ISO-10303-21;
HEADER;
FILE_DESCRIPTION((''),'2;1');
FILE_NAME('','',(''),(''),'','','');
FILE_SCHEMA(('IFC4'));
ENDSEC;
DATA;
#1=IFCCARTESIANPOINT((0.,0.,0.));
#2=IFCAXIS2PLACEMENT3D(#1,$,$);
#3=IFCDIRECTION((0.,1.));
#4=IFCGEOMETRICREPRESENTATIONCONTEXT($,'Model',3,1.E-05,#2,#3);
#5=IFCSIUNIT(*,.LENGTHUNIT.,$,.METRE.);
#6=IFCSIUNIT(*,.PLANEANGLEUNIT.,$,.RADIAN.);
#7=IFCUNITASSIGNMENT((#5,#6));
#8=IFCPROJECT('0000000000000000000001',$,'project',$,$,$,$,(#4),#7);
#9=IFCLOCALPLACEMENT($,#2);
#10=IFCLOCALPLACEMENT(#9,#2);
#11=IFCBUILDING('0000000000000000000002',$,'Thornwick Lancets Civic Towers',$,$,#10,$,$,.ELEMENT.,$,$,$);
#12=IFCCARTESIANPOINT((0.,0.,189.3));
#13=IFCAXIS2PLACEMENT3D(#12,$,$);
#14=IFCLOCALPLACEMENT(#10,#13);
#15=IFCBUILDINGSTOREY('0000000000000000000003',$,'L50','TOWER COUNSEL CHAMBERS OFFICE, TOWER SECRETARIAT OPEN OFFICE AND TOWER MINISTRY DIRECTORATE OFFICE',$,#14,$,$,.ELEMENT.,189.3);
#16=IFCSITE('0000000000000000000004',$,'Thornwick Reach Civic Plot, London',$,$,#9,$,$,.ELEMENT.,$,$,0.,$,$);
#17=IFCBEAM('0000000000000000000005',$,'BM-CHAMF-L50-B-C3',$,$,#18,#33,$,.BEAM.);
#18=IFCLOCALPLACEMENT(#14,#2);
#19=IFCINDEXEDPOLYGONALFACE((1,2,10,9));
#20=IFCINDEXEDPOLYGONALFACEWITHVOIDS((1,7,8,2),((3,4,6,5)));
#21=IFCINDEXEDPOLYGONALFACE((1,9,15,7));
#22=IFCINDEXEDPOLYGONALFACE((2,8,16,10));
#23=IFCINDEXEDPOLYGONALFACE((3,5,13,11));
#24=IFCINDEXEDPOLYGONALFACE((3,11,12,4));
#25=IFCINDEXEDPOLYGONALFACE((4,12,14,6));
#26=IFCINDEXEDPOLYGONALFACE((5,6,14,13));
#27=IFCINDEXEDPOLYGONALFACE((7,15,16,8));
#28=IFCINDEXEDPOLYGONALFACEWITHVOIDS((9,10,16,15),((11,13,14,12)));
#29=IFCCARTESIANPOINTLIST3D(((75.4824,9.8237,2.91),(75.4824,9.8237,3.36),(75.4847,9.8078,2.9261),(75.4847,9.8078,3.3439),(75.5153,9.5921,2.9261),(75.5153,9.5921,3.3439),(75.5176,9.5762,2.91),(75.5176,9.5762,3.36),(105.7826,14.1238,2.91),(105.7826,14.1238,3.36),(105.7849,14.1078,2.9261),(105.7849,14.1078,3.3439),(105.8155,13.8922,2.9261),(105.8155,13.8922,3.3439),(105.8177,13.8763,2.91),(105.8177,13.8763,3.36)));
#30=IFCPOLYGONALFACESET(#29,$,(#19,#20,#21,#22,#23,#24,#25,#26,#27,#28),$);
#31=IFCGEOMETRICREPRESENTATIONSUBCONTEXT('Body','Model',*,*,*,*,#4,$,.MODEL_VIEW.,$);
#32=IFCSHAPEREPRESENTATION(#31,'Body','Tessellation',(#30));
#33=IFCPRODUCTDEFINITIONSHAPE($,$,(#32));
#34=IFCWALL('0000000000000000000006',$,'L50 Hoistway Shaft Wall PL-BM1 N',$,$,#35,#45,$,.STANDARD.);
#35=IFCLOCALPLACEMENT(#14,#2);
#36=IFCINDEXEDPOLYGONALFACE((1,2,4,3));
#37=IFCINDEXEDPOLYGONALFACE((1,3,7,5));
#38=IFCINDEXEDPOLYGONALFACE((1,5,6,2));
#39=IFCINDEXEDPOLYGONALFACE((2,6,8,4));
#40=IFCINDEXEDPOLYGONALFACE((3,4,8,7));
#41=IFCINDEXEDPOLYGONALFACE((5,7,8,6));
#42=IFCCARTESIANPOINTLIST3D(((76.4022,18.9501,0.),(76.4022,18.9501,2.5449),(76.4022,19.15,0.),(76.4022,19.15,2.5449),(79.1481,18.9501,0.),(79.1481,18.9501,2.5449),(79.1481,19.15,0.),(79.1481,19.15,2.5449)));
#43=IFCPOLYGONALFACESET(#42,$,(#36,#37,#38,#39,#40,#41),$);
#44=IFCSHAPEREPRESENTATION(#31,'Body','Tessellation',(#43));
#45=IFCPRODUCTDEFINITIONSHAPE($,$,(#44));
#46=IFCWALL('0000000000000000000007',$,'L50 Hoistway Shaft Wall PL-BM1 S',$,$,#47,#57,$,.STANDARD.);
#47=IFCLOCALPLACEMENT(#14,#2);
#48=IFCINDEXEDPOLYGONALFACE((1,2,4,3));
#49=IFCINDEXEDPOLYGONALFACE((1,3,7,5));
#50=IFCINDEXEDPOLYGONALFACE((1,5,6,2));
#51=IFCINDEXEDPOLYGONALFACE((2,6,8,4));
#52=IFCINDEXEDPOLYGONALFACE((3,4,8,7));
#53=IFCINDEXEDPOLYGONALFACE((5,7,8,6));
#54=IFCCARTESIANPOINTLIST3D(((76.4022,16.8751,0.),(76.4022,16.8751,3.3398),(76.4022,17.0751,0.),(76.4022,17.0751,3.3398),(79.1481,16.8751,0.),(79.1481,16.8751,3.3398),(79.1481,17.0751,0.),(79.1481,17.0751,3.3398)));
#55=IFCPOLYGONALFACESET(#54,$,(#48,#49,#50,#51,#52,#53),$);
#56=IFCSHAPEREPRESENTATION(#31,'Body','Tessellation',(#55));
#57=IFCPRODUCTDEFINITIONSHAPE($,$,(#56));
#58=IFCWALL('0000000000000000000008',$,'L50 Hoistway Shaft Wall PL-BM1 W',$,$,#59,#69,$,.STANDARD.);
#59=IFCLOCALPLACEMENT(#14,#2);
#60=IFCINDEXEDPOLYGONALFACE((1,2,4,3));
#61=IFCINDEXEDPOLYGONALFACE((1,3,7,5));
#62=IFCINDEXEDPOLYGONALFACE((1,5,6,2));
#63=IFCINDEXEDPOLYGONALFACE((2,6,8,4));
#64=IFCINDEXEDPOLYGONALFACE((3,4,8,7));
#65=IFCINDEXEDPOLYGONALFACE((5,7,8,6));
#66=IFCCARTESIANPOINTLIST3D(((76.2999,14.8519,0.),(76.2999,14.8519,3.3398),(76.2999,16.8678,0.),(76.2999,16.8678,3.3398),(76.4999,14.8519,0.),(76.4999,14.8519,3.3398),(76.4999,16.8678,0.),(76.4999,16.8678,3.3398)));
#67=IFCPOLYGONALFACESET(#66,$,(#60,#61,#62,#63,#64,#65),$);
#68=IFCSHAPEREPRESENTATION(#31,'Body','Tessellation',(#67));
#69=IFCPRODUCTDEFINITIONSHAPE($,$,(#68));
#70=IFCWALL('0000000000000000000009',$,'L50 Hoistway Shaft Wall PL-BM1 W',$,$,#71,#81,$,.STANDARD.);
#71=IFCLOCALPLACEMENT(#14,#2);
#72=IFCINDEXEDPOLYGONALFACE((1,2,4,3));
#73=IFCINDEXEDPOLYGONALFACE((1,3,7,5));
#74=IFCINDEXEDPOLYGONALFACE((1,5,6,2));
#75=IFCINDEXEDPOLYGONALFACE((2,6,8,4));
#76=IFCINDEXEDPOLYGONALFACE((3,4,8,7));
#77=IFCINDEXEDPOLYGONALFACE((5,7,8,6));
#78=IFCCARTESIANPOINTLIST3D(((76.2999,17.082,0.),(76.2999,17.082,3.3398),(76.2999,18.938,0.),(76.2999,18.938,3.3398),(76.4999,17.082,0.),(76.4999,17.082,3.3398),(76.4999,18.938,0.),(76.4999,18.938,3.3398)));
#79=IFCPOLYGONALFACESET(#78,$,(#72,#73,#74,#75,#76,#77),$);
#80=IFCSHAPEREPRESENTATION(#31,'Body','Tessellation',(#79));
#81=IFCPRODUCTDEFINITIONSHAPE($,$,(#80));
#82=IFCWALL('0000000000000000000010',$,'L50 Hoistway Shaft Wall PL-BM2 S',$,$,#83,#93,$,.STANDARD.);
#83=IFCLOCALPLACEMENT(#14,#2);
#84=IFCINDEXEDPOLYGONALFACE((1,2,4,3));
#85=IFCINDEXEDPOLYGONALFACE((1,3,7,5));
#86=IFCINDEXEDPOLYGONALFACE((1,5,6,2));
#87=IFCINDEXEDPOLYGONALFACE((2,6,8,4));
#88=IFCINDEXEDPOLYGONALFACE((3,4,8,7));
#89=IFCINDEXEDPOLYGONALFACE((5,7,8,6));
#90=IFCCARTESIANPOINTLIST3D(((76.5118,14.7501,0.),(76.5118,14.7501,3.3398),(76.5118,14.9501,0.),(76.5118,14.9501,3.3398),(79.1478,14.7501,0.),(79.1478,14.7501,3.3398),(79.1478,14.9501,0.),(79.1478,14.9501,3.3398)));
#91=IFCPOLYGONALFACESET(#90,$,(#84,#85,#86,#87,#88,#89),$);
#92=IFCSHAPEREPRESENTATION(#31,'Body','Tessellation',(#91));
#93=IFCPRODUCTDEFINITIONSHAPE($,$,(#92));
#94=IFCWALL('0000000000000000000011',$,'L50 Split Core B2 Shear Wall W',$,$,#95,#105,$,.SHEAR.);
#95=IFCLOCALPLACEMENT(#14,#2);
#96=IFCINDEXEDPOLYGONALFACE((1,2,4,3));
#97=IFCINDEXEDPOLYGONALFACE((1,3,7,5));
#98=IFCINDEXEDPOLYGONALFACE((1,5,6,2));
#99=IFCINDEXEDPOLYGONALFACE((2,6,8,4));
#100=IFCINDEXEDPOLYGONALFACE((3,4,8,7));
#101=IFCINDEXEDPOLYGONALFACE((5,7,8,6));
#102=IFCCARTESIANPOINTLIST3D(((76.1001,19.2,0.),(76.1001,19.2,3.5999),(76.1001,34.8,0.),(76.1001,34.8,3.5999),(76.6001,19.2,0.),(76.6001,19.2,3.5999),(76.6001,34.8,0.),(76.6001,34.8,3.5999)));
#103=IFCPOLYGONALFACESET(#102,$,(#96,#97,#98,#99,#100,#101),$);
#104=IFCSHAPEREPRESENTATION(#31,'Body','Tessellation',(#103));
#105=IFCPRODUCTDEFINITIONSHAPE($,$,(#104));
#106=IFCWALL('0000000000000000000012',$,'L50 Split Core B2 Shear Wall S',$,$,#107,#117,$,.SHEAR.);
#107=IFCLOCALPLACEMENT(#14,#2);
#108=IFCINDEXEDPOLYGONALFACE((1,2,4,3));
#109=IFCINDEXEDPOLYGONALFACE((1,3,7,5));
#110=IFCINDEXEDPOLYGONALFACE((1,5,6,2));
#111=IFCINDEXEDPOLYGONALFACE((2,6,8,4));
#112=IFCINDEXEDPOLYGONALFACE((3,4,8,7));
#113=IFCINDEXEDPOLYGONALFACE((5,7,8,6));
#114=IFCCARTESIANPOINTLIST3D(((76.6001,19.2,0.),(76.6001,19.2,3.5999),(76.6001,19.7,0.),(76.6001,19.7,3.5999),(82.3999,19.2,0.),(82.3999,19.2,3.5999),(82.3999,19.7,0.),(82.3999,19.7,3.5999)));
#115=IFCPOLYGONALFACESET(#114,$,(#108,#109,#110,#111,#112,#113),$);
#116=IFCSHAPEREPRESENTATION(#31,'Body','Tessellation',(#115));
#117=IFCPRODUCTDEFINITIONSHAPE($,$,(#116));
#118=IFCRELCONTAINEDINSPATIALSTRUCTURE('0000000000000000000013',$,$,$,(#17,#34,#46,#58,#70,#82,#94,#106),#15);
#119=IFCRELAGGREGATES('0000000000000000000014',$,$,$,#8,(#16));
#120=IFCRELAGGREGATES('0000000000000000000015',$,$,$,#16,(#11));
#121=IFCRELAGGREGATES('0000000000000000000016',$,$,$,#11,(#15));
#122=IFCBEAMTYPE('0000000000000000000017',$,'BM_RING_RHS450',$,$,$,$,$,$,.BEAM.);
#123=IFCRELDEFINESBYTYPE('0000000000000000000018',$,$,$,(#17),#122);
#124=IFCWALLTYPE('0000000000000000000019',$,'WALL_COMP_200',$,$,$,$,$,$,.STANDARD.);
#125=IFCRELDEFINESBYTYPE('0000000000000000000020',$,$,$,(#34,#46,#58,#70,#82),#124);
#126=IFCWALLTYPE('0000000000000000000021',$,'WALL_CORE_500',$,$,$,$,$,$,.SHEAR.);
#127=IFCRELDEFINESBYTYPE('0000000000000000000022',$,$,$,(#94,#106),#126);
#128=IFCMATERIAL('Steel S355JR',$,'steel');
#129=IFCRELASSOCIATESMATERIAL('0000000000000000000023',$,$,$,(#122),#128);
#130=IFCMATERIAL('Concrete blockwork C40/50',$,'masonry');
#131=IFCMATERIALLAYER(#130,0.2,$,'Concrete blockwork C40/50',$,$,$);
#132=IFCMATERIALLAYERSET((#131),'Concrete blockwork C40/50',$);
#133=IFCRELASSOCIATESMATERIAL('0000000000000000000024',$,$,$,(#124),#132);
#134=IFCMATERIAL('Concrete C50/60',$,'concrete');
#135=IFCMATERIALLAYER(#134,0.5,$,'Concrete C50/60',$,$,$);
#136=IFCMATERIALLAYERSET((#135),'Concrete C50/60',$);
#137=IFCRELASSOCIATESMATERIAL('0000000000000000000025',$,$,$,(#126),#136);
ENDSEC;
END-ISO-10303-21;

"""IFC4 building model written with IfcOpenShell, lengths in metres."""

from ifc_helpers import new_model, si_unit, direction, frame, frame_2d, origin, origin_2d, place, context, subcontext, project, spatial, rectangle, hollow_rectangle, extrude, material, layer, layer_set, material_profile, profile_set, type_object, element, save


model = new_model("IFC4")

# Units and contexts
model_context = context("Model", 3, precision=1e-05, world=origin(), true_north=direction((0.0, 1.0)))
body_context = subcontext(model_context, "Body", "Model", "MODEL_VIEW")
ifc_project = project(units=[si_unit("LENGTHUNIT", "METRE"), si_unit("PLANEANGLEUNIT", "RADIAN")], contexts=[model_context])

# Site, building, storey
site_placement = place(None, origin())
site = spatial("IfcSite", under=ifc_project, at=site_placement, Name="Thornwick Reach Civic Plot, London", CompositionType="ELEMENT", RefElevation=0.0)
building_placement = place(site_placement, origin())
building = spatial("IfcBuilding", under=site, at=building_placement, Name="Thornwick Lancets Civic Towers", CompositionType="ELEMENT")
storey_placement = place(building_placement, frame((0.0, 0.0, 189.3)))
storey = spatial("IfcBuildingStorey", under=building, at=storey_placement, Name="L50", Description="TOWER COUNSEL CHAMBERS OFFICE, TOWER SECRETARIAT OPEN OFFICE AND TOWER MINISTRY DIRECTORATE OFFICE", CompositionType="ELEMENT", Elevation=189.3)

# Shared definitions
ifc_material_1 = material(Name="Concrete C50/60", Category="concrete")

# Beam
ifc_material_2 = material(Name="Steel S355JR", Category="steel")
ifc_material_profile_1 = material_profile(ifc_material_2, hollow_rectangle(XDim=0.25, YDim=0.45, WallThickness=0.0161, at=origin_2d()), Name="RHS 450x250x16")
ifc_profile_set_1 = profile_set([ifc_material_profile_1], Name="Steel S355JR")
beam_type_1 = type_object("IfcBeamType", Name="BM_RING_RHS450", PredefinedType="BEAM", material=ifc_profile_set_1)
beam_1_placement = place(storey_placement, frame((75.5, 9.7, 3.135), z_axis=(0.99008, 0.140508, 0.0), x_axis=(-0.140508, 0.99008, 0.0)))
element("IfcBeam", 1, at=beam_1_placement, inside=storey, type_object=beam_type_1, Name="BM-CHAMF-L50-B-C3", PredefinedType="BEAM", context=body_context, shape_type="SweptSolid", body=[
    extrude(hollow_rectangle(XDim=0.25, YDim=0.45, WallThickness=0.0161, at=origin_2d()), origin(), (0.0, 0.0, 1.0), 30.6038),
])

# Walls
ifc_material_3 = material(Name="Concrete blockwork C40/50", Category="masonry")
ifc_layer_1 = layer(ifc_material_3, 0.2, Name="Concrete blockwork C40/50")
ifc_layer_set_1 = layer_set([ifc_layer_1], Name="Concrete blockwork C40/50")
wall_type_1 = type_object("IfcWallType", Name="WALL_COMP_200", PredefinedType="STANDARD", material=ifc_layer_set_1)
wall_1_placement = place(storey_placement, frame((76.4021, 19.05, 0.0), z_axis=(0.0, 0.0, 1.0), x_axis=(1.0, 0.0, 0.0)))
element("IfcWall", 2, at=wall_1_placement, inside=storey, type_object=wall_type_1, Name="L50 Hoistway Shaft Wall PL-BM1 N", PredefinedType="STANDARD", context=body_context, shape_type="SweptSolid", body=[
    extrude(rectangle(XDim=2.7458, YDim=0.2, at=frame_2d((1.373, 0.0))), origin(), (0.0, 0.0, 1.0), 2.5449),
])
wall_2_placement = place(storey_placement, frame((76.4021, 16.9751, 0.0), z_axis=(0.0, 0.0, 1.0), x_axis=(1.0, 0.0, 0.0)))
element("IfcWall", 3, at=wall_2_placement, inside=storey, type_object=wall_type_1, Name="L50 Hoistway Shaft Wall PL-BM1 S", PredefinedType="STANDARD", context=body_context, shape_type="SweptSolid", body=[
    extrude(rectangle(XDim=2.7458, YDim=0.2, at=frame_2d((1.373, 0.0))), origin(), (0.0, 0.0, 1.0), 3.3398),
])
wall_3_placement = place(storey_placement, frame((76.3999, 14.8521, 0.0), z_axis=(0.0, 0.0, 1.0), x_axis=(0.0, 1.0, 0.0)))
element("IfcWall", 4, at=wall_3_placement, inside=storey, type_object=wall_type_1, Name="L50 Hoistway Shaft Wall PL-BM1 W", PredefinedType="STANDARD", context=body_context, shape_type="SweptSolid", body=[
    extrude(rectangle(XDim=2.0159, YDim=0.2, at=frame_2d((1.0078, 0.0))), origin(), (0.0, 0.0, 1.0), 3.3398),
])
wall_4_placement = place(storey_placement, frame((76.3999, 17.082, 0.0), z_axis=(0.0, 0.0, 1.0), x_axis=(0.0, 1.0, 0.0)))
element("IfcWall", 5, at=wall_4_placement, inside=storey, type_object=wall_type_1, Name="L50 Hoistway Shaft Wall PL-BM1 W", PredefinedType="STANDARD", context=body_context, shape_type="SweptSolid", body=[
    extrude(rectangle(XDim=1.856, YDim=0.2, at=frame_2d((0.928, 0.0))), origin(), (0.0, 0.0, 1.0), 3.3398),
])
wall_5_placement = place(storey_placement, frame((76.512, 14.8501, 0.0), z_axis=(0.0, 0.0, 1.0), x_axis=(1.0, 0.0, 0.0)))
element("IfcWall", 6, at=wall_5_placement, inside=storey, type_object=wall_type_1, Name="L50 Hoistway Shaft Wall PL-BM2 S", PredefinedType="STANDARD", context=body_context, shape_type="SweptSolid", body=[
    extrude(rectangle(XDim=2.636, YDim=0.2, at=frame_2d((1.3179, 0.0))), origin(), (0.0, 0.0, 1.0), 3.3398),
])
ifc_layer_2 = layer(ifc_material_1, 0.5, Name="Concrete C50/60")
ifc_layer_set_2 = layer_set([ifc_layer_2], Name="Concrete C50/60")
wall_type_2 = type_object("IfcWallType", Name="WALL_CORE_500", PredefinedType="SHEAR", material=ifc_layer_set_2)
wall_6_placement = place(storey_placement, frame((76.3501, 19.2, 0.0), z_axis=(0.0, 0.0, 1.0), x_axis=(0.0, 1.0, 0.0)))
element("IfcWall", 7, at=wall_6_placement, inside=storey, type_object=wall_type_2, Name="L50 Split Core B2 Shear Wall W", PredefinedType="SHEAR", context=body_context, shape_type="SweptSolid", body=[
    extrude(rectangle(XDim=15.6001, YDim=0.5, at=frame_2d((7.8, 0.0))), origin(), (0.0, 0.0, 1.0), 3.5999),
])
wall_7_placement = place(storey_placement, frame((76.6001, 19.45, 0.0), z_axis=(0.0, 0.0, 1.0), x_axis=(1.0, 0.0, 0.0)))
element("IfcWall", 8, at=wall_7_placement, inside=storey, type_object=wall_type_2, Name="L50 Split Core B2 Shear Wall S", PredefinedType="SHEAR", context=body_context, shape_type="SweptSolid", body=[
    extrude(rectangle(XDim=5.7998, YDim=0.5, at=frame_2d((2.8999, 0.0))), origin(), (0.0, 0.0, 1.0), 3.5999),
])

save(model, "model.ifc")
